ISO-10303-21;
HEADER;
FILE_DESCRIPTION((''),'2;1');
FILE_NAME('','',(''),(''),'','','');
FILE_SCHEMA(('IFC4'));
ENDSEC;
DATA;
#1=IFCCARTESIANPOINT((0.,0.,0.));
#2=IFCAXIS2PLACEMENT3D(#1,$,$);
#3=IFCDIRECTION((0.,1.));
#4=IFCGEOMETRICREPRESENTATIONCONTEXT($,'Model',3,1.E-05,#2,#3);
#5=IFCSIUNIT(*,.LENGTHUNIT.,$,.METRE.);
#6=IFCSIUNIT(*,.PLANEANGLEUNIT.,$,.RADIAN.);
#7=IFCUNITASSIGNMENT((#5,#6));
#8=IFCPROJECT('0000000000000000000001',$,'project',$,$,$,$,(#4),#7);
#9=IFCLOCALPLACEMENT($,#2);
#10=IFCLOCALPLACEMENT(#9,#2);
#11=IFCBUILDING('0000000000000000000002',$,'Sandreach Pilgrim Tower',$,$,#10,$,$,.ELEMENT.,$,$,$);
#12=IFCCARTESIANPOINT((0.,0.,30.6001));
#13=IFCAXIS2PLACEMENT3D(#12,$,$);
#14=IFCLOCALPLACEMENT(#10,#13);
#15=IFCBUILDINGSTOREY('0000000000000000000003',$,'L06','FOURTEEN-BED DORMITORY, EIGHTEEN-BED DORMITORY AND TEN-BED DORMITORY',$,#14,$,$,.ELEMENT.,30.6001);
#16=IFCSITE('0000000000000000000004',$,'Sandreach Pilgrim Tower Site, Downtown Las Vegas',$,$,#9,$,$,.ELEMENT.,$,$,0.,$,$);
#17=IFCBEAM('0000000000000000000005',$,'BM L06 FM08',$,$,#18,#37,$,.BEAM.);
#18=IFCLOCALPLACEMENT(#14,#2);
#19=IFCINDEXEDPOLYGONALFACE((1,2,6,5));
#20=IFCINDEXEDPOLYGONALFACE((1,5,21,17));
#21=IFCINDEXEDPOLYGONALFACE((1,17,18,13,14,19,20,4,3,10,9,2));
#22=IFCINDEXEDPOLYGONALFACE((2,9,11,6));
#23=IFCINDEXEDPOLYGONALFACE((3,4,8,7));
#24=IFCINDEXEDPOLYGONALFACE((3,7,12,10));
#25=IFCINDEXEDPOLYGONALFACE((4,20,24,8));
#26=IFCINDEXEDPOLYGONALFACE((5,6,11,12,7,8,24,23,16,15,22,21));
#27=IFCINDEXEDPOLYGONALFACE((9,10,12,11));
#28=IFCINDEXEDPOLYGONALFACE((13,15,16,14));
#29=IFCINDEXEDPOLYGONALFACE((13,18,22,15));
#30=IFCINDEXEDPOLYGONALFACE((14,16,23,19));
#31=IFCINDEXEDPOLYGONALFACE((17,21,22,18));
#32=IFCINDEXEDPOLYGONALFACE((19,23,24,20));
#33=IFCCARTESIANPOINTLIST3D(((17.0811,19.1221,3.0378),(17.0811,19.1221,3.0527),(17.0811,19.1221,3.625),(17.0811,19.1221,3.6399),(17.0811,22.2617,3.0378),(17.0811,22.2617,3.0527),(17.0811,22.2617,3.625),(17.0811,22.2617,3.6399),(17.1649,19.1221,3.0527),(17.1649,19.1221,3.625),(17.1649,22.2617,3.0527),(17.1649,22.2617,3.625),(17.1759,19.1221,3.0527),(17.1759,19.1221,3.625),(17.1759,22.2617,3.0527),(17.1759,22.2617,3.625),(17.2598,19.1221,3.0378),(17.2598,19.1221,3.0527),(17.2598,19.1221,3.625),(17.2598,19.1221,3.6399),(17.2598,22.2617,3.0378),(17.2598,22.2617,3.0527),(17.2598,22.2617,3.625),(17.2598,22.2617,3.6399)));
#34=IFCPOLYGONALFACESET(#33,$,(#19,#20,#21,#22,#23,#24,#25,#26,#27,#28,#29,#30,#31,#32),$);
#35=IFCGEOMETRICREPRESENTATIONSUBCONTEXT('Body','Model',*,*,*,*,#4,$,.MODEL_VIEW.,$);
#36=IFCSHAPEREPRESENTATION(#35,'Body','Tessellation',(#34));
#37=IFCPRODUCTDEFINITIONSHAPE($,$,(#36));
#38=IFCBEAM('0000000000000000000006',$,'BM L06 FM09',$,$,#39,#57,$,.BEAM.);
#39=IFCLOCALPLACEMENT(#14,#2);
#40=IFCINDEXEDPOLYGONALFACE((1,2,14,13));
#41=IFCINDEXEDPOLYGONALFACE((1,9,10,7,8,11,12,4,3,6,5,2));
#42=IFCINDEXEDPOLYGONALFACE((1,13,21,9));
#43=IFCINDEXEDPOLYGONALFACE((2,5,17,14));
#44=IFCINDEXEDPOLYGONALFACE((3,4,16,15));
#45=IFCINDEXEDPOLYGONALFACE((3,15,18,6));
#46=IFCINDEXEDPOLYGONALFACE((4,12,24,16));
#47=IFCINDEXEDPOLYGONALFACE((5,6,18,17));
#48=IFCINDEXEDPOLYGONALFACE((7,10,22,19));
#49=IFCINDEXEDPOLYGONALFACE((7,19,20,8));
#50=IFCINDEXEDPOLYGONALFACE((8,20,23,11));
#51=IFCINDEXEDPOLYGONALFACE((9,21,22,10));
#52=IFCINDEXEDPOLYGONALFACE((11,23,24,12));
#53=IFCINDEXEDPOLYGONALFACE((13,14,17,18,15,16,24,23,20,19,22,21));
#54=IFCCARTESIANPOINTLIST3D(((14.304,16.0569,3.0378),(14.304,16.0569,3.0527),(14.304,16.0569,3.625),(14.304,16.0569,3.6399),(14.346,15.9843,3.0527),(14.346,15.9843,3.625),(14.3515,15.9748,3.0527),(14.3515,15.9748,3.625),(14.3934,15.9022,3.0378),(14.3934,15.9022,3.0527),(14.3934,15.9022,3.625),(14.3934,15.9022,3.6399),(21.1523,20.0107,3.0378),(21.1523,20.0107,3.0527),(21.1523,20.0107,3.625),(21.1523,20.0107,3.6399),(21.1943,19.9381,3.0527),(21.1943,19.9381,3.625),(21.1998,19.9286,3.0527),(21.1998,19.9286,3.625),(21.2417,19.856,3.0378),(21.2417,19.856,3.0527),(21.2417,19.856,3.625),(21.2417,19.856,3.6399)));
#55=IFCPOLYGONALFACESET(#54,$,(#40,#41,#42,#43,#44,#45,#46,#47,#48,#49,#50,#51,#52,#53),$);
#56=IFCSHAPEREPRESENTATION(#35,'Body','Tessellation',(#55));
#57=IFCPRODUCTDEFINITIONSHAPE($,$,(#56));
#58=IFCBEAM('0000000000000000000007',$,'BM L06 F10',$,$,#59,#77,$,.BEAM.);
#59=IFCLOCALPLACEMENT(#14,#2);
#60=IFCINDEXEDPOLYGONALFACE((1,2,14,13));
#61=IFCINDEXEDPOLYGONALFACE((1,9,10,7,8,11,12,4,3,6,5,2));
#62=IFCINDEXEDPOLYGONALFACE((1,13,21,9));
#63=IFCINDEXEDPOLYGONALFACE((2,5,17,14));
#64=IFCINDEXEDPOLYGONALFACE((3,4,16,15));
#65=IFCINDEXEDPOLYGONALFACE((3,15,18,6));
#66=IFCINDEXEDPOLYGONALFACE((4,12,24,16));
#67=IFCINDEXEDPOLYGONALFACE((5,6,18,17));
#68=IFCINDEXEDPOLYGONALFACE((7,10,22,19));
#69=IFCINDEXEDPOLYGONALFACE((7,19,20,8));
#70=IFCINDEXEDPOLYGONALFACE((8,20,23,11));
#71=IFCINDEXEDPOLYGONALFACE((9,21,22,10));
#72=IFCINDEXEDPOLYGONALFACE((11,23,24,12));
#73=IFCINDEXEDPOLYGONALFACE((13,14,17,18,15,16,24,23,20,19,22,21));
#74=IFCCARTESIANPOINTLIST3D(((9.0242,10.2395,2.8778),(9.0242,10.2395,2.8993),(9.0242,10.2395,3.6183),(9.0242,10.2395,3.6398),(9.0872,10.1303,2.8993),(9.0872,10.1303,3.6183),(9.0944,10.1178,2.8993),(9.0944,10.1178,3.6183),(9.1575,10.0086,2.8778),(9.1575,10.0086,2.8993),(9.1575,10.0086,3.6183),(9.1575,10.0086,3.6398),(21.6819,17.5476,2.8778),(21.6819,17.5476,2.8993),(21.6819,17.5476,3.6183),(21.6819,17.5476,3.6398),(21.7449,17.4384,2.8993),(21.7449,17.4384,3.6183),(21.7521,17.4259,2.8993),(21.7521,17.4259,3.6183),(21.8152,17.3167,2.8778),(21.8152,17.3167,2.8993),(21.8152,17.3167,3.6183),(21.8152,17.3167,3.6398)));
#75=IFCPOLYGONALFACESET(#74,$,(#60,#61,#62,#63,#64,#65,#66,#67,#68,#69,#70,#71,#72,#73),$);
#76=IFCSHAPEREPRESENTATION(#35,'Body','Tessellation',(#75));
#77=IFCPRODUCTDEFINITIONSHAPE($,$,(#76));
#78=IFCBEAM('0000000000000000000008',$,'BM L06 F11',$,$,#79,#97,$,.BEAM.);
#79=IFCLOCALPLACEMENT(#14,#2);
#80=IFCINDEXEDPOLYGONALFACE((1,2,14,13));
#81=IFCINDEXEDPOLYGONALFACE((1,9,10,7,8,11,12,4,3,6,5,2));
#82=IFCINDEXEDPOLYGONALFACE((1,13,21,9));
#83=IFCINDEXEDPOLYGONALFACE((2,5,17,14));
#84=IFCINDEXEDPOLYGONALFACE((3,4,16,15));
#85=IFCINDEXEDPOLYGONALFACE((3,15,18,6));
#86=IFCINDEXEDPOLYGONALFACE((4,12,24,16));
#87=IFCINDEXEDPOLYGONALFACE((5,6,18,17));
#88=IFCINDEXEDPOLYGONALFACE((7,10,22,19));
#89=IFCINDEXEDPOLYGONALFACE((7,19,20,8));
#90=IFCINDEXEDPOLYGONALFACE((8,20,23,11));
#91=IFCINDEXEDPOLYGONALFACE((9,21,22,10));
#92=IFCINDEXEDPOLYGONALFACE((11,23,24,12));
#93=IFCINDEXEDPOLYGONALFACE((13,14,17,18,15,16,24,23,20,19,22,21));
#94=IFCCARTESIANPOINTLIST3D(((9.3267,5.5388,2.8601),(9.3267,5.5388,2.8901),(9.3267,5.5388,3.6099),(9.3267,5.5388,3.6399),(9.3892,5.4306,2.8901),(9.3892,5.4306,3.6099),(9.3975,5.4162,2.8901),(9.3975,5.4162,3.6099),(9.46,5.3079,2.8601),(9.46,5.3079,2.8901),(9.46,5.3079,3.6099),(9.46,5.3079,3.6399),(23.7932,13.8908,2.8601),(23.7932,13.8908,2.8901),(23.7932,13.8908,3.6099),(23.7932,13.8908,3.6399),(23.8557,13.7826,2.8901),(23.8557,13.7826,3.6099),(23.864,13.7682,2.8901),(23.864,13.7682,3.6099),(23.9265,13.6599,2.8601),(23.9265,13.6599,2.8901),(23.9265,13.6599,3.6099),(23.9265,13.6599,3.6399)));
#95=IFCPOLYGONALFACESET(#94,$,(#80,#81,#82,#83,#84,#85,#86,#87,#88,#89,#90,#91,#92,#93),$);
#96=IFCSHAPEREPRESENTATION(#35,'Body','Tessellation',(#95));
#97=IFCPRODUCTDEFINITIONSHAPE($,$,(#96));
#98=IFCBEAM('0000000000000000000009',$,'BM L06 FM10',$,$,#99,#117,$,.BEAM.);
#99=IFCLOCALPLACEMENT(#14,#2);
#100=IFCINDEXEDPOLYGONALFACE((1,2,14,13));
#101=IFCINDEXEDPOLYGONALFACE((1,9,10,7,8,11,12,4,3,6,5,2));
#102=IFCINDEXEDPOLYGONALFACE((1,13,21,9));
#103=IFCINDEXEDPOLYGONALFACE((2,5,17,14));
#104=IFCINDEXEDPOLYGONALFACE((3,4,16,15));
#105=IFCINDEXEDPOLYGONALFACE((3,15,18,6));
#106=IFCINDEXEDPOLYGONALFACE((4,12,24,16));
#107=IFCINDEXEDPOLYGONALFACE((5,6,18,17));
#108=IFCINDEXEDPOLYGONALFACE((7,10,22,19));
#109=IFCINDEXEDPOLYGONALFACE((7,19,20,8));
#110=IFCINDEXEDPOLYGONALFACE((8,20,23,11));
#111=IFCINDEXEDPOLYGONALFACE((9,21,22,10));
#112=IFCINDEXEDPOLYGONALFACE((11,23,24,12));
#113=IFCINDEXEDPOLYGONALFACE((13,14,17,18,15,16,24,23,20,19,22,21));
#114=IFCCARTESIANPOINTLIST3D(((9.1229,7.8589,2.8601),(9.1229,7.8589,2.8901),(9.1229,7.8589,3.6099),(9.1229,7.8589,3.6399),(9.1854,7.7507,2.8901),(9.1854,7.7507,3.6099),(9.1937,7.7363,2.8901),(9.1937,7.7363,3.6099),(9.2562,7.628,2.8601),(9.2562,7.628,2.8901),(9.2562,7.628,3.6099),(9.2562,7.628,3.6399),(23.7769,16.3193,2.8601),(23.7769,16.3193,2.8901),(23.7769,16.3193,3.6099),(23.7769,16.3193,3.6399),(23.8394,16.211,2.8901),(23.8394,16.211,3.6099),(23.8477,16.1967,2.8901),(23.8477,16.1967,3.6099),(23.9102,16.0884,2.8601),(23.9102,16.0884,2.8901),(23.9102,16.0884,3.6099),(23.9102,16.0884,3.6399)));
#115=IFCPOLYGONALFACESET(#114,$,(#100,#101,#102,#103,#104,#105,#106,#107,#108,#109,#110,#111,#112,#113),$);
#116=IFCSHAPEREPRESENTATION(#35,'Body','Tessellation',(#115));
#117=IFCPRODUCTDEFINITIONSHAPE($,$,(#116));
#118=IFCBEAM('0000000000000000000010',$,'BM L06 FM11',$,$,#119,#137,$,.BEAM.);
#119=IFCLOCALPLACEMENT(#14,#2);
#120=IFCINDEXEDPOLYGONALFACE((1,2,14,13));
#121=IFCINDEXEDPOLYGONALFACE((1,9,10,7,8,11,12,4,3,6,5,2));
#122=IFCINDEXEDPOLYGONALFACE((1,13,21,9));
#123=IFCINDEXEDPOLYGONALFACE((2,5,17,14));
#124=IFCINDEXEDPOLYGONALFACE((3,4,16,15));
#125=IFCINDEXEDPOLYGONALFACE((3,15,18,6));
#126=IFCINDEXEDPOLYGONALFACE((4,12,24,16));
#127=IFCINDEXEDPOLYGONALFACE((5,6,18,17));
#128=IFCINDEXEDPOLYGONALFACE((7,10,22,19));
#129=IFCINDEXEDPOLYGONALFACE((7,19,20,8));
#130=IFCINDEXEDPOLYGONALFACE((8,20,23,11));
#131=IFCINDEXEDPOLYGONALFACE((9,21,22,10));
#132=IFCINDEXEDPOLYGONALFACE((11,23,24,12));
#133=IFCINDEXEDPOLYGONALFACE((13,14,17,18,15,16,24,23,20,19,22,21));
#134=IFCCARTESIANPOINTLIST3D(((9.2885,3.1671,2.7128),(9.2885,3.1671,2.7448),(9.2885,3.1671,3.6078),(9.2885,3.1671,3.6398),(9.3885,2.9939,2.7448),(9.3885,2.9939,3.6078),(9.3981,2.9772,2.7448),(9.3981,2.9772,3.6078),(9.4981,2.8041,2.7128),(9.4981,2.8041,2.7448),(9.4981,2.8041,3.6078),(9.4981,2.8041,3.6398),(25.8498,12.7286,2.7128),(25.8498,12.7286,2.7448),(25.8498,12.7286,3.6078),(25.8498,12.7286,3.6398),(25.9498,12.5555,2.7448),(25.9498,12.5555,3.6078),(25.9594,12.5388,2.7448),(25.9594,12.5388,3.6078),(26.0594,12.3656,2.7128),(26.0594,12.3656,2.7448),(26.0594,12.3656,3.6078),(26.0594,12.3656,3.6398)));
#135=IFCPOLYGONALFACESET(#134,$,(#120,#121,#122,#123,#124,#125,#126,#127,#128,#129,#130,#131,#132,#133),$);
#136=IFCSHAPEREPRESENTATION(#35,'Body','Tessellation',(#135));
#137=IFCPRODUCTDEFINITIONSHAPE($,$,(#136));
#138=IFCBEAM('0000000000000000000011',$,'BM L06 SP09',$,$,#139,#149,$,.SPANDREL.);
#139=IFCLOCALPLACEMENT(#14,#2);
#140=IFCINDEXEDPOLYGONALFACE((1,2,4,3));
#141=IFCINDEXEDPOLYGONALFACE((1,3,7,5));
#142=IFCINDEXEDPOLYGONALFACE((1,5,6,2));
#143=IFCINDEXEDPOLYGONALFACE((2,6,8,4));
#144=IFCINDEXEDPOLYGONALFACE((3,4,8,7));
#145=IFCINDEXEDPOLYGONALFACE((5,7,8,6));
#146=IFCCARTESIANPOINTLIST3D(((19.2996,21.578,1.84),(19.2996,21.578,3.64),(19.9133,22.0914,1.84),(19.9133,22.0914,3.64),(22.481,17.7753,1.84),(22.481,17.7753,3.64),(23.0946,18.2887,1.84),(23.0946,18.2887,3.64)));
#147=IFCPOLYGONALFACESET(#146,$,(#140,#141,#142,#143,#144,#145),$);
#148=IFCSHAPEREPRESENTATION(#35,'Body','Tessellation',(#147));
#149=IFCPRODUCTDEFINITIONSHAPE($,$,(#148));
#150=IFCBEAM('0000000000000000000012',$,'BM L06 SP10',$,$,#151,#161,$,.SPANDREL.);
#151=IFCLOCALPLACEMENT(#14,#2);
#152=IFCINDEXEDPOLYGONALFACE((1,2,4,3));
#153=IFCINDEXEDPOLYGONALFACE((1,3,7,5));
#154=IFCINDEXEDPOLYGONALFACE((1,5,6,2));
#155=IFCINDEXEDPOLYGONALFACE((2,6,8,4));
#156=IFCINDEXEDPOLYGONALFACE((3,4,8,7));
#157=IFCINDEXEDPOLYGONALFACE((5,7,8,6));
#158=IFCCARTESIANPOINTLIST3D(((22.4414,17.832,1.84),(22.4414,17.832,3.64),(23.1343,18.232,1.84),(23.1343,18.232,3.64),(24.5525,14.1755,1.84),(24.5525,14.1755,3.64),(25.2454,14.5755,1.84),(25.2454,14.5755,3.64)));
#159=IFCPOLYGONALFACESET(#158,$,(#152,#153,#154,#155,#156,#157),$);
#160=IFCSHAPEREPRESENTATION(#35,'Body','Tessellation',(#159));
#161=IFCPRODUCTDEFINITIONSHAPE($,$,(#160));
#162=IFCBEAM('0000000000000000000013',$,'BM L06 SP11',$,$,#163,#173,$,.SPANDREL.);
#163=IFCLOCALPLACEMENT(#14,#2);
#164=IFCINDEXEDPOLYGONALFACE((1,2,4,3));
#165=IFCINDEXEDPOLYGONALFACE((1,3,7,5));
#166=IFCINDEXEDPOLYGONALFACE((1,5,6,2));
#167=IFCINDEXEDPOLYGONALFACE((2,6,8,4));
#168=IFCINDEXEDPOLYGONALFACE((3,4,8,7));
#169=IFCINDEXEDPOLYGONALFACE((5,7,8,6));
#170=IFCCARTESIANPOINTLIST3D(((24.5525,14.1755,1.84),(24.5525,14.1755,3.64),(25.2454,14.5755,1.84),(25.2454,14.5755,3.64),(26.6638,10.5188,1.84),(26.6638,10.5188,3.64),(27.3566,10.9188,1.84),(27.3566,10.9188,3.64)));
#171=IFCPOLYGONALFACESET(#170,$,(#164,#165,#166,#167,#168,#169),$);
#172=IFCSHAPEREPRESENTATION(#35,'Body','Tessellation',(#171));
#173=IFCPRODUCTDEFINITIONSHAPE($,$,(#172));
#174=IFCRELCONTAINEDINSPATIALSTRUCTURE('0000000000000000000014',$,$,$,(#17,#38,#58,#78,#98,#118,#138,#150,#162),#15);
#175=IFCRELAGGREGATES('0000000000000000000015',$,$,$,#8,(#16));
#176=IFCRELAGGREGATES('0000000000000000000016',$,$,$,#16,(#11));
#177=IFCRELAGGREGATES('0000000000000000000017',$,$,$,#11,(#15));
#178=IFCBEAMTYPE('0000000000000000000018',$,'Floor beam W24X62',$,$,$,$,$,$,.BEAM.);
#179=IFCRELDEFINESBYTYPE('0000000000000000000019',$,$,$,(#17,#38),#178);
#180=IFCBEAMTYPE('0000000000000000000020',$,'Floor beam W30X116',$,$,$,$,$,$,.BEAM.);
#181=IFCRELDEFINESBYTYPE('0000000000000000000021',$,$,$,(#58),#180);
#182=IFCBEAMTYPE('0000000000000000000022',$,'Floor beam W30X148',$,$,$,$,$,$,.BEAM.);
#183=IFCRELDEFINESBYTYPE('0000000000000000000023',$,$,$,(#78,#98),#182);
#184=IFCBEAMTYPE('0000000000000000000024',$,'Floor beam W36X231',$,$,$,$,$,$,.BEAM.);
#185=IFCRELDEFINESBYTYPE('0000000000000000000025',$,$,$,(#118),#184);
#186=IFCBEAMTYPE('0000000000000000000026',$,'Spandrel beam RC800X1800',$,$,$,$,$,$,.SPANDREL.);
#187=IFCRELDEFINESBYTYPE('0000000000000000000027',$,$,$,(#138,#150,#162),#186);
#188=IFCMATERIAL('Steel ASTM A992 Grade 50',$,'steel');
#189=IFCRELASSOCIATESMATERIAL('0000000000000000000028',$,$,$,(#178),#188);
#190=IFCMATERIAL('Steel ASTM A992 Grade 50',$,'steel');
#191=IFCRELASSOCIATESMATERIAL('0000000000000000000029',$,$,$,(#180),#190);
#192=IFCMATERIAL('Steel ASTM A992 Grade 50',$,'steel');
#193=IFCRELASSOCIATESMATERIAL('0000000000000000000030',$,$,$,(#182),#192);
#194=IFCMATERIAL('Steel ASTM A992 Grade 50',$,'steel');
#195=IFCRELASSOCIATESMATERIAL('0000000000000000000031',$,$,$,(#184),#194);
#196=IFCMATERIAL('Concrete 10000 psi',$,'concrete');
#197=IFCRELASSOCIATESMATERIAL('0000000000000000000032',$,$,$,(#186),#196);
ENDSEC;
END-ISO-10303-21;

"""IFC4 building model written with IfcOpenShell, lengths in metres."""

from ifc_helpers import new_model, si_unit, direction, frame, origin, origin_2d, place, context, subcontext, project, spatial, rectangle, i_section, extrude, material, material_profile, profile_set, type_object, element, save


model = new_model("IFC4")

# Units and contexts
model_context = context("Model", 3, precision=1e-05, world=origin(), true_north=direction((0.0, 1.0)))
body_context = subcontext(model_context, "Body", "Model", "MODEL_VIEW")
ifc_project = project(units=[si_unit("LENGTHUNIT", "METRE"), si_unit("PLANEANGLEUNIT", "RADIAN")], contexts=[model_context])

# Site, building, storey
site_placement = place(None, origin())
site = spatial("IfcSite", under=ifc_project, at=site_placement, Name="Sandreach Pilgrim Tower Site, Downtown Las Vegas", CompositionType="ELEMENT", RefElevation=0.0)
building_placement = place(site_placement, origin())
building = spatial("IfcBuilding", under=site, at=building_placement, Name="Sandreach Pilgrim Tower", CompositionType="ELEMENT")
storey_placement = place(building_placement, frame((0.0, 0.0, 30.6001)))
storey = spatial("IfcBuildingStorey", under=building, at=storey_placement, Name="L06", Description="FOURTEEN-BED DORMITORY, EIGHTEEN-BED DORMITORY AND TEN-BED DORMITORY", CompositionType="ELEMENT", Elevation=30.6001)

# Beams
ifc_material_1 = material(Name="Steel ASTM A992 Grade 50", Category="steel")
ifc_material_profile_1 = material_profile(ifc_material_1, i_section(OverallWidth=0.1787, OverallDepth=0.6021, WebThickness=0.011, FlangeThickness=0.0149, at=origin_2d()), Name="W24X62")
ifc_profile_set_1 = profile_set([ifc_material_profile_1], Name="Steel ASTM A992 Grade 50")
beam_type_1 = type_object("IfcBeamType", Name="Floor beam W24X62", PredefinedType="BEAM", material=ifc_profile_set_1)
beam_1_placement = place(storey_placement, frame((17.1704, 22.2617, 3.3389), z_axis=(0.0, -1.0, 0.0), x_axis=(1.0, 0.0, 0.0)))
element("IfcBeam", 1, at=beam_1_placement, inside=storey, type_object=beam_type_1, Name="BM L06 FM08", PredefinedType="BEAM", context=body_context, shape_type="SweptSolid", body=[
    extrude(i_section(OverallWidth=0.1787, OverallDepth=0.6021, WebThickness=0.011, FlangeThickness=0.0149, at=origin_2d()), origin(), (0.0, 0.0, 1.0), 3.1396),
])
beam_2_placement = place(storey_placement, frame((21.197, 19.9333, 3.3389), z_axis=(-0.866029, -0.499994, 0.0), x_axis=(0.499994, -0.866029, 0.0)))
element("IfcBeam", 2, at=beam_2_placement, inside=storey, type_object=beam_type_1, Name="BM L06 FM09", PredefinedType="BEAM", context=body_context, shape_type="SweptSolid", body=[
    extrude(i_section(OverallWidth=0.1787, OverallDepth=0.6021, WebThickness=0.011, FlangeThickness=0.0149, at=origin_2d()), origin(), (0.0, 0.0, 1.0), 7.9077),
])
ifc_material_2 = material(Name="Steel ASTM A992 Grade 50", Category="steel")
ifc_material_profile_2 = material_profile(ifc_material_2, i_section(OverallWidth=0.2666, OverallDepth=0.762, WebThickness=0.0144, FlangeThickness=0.0215, at=origin_2d()), Name="W30X116")
ifc_profile_set_2 = profile_set([ifc_material_profile_2], Name="Steel ASTM A992 Grade 50")
beam_type_2 = type_object("IfcBeamType", Name="Floor beam W30X116", PredefinedType="BEAM", material=ifc_profile_set_2)
beam_3_placement = place(storey_placement, frame((21.7485, 17.4321, 3.2588), z_axis=(-0.86602, -0.500009, 0.0), x_axis=(0.500009, -0.86602, 0.0)))
element("IfcBeam", 3, at=beam_3_placement, inside=storey, type_object=beam_type_2, Name="BM L06 F10", PredefinedType="BEAM", context=body_context, shape_type="SweptSolid", body=[
    extrude(i_section(OverallWidth=0.2666, OverallDepth=0.762, WebThickness=0.0144, FlangeThickness=0.0215, at=origin_2d()), origin(), (0.0, 0.0, 1.0), 14.616),
])
ifc_material_3 = material(Name="Steel ASTM A992 Grade 50", Category="steel")
ifc_material_profile_3 = material_profile(ifc_material_3, i_section(OverallWidth=0.2666, OverallDepth=0.7798, WebThickness=0.0166, FlangeThickness=0.03, at=origin_2d()), Name="W30X148")
ifc_profile_set_3 = profile_set([ifc_material_profile_3], Name="Steel ASTM A992 Grade 50")
beam_type_3 = type_object("IfcBeamType", Name="Floor beam W30X148", PredefinedType="BEAM", material=ifc_profile_set_3)
beam_4_placement = place(storey_placement, frame((23.8599, 13.7754, 3.25), z_axis=(-0.866031, -0.49999, 0.0), x_axis=(0.49999, -0.866031, 0.0)))
element("IfcBeam", 4, at=beam_4_placement, inside=storey, type_object=beam_type_3, Name="BM L06 F11", PredefinedType="BEAM", context=body_context, shape_type="SweptSolid", body=[
    extrude(i_section(OverallWidth=0.2666, OverallDepth=0.7798, WebThickness=0.0166, FlangeThickness=0.03, at=origin_2d()), origin(), (0.0, 0.0, 1.0), 16.7043),
])
beam_5_placement = place(storey_placement, frame((23.8435, 16.2039, 3.25), z_axis=(-0.866027, -0.499997, 0.0), x_axis=(0.499997, -0.866027, 0.0)))
element("IfcBeam", 5, at=beam_5_placement, inside=storey, type_object=beam_type_3, Name="BM L06 FM10", PredefinedType="BEAM", context=body_context, shape_type="SweptSolid", body=[
    extrude(i_section(OverallWidth=0.2666, OverallDepth=0.7798, WebThickness=0.0166, FlangeThickness=0.03, at=origin_2d()), origin(), (0.0, 0.0, 1.0), 16.9209),
])
ifc_material_4 = material(Name="Steel ASTM A992 Grade 50", Category="steel")
ifc_material_profile_4 = material_profile(ifc_material_4, i_section(OverallWidth=0.4192, OverallDepth=0.927, WebThickness=0.0193, FlangeThickness=0.032, at=origin_2d()), Name="W36X231")
ifc_profile_set_4 = profile_set([ifc_material_profile_4], Name="Steel ASTM A992 Grade 50")
beam_type_4 = type_object("IfcBeamType", Name="Floor beam W36X231", PredefinedType="BEAM", material=ifc_profile_set_4)
beam_6_placement = place(storey_placement, frame((25.9546, 12.5471, 3.1763), z_axis=(-0.866028, -0.499995, 0.0), x_axis=(0.499995, -0.866028, 0.0)))
element("IfcBeam", 6, at=beam_6_placement, inside=storey, type_object=beam_type_4, Name="BM L06 FM11", PredefinedType="BEAM", context=body_context, shape_type="SweptSolid", body=[
    extrude(i_section(OverallWidth=0.4192, OverallDepth=0.927, WebThickness=0.0193, FlangeThickness=0.032, at=origin_2d()), origin(), (0.0, 0.0, 1.0), 19.1233),
])
ifc_material_5 = material(Name="Concrete 10000 psi", Category="concrete")
ifc_material_profile_5 = material_profile(ifc_material_5, rectangle(XDim=0.8, YDim=1.8, at=origin_2d()), Name="RC800X1800")
ifc_profile_set_5 = profile_set([ifc_material_profile_5], Name="Concrete 10000 psi")
beam_type_5 = type_object("IfcBeamType", Name="Spandrel beam RC800X1800", PredefinedType="SPANDREL", material=ifc_profile_set_5)
beam_7_placement = place(storey_placement, frame((19.6064, 21.8347, 2.74), z_axis=(0.641665, -0.766985, 0.0), x_axis=(0.766985, 0.641665, 0.0)))
element("IfcBeam", 7, at=beam_7_placement, inside=storey, type_object=beam_type_5, Name="BM L06 SP09", PredefinedType="SPANDREL", context=body_context, shape_type="SweptSolid", body=[
    extrude(rectangle(XDim=0.8, YDim=1.8, at=origin_2d()), origin(), (0.0, 0.0, 1.0), 4.958),
])
beam_8_placement = place(storey_placement, frame((22.7878, 18.032, 2.74), z_axis=(0.500001, -0.866025, 0.0), x_axis=(0.866025, 0.500001, 0.0)))
element("IfcBeam", 8, at=beam_8_placement, inside=storey, type_object=beam_type_5, Name="BM L06 SP10", PredefinedType="SPANDREL", context=body_context, shape_type="SweptSolid", body=[
    extrude(rectangle(XDim=0.8, YDim=1.8, at=origin_2d()), origin(), (0.0, 0.0, 1.0), 4.2222),
])
beam_9_placement = place(storey_placement, frame((24.8989, 14.3755, 2.74), z_axis=(0.500019, -0.866014, 0.0), x_axis=(0.866014, 0.500019, 0.0)))
element("IfcBeam", 9, at=beam_9_placement, inside=storey, type_object=beam_type_5, Name="BM L06 SP11", PredefinedType="SPANDREL", context=body_context, shape_type="SweptSolid", body=[
    extrude(rectangle(XDim=0.8, YDim=1.8, at=origin_2d()), origin(), (0.0, 0.0, 1.0), 4.2224),
])

save(model, "model.ifc")
